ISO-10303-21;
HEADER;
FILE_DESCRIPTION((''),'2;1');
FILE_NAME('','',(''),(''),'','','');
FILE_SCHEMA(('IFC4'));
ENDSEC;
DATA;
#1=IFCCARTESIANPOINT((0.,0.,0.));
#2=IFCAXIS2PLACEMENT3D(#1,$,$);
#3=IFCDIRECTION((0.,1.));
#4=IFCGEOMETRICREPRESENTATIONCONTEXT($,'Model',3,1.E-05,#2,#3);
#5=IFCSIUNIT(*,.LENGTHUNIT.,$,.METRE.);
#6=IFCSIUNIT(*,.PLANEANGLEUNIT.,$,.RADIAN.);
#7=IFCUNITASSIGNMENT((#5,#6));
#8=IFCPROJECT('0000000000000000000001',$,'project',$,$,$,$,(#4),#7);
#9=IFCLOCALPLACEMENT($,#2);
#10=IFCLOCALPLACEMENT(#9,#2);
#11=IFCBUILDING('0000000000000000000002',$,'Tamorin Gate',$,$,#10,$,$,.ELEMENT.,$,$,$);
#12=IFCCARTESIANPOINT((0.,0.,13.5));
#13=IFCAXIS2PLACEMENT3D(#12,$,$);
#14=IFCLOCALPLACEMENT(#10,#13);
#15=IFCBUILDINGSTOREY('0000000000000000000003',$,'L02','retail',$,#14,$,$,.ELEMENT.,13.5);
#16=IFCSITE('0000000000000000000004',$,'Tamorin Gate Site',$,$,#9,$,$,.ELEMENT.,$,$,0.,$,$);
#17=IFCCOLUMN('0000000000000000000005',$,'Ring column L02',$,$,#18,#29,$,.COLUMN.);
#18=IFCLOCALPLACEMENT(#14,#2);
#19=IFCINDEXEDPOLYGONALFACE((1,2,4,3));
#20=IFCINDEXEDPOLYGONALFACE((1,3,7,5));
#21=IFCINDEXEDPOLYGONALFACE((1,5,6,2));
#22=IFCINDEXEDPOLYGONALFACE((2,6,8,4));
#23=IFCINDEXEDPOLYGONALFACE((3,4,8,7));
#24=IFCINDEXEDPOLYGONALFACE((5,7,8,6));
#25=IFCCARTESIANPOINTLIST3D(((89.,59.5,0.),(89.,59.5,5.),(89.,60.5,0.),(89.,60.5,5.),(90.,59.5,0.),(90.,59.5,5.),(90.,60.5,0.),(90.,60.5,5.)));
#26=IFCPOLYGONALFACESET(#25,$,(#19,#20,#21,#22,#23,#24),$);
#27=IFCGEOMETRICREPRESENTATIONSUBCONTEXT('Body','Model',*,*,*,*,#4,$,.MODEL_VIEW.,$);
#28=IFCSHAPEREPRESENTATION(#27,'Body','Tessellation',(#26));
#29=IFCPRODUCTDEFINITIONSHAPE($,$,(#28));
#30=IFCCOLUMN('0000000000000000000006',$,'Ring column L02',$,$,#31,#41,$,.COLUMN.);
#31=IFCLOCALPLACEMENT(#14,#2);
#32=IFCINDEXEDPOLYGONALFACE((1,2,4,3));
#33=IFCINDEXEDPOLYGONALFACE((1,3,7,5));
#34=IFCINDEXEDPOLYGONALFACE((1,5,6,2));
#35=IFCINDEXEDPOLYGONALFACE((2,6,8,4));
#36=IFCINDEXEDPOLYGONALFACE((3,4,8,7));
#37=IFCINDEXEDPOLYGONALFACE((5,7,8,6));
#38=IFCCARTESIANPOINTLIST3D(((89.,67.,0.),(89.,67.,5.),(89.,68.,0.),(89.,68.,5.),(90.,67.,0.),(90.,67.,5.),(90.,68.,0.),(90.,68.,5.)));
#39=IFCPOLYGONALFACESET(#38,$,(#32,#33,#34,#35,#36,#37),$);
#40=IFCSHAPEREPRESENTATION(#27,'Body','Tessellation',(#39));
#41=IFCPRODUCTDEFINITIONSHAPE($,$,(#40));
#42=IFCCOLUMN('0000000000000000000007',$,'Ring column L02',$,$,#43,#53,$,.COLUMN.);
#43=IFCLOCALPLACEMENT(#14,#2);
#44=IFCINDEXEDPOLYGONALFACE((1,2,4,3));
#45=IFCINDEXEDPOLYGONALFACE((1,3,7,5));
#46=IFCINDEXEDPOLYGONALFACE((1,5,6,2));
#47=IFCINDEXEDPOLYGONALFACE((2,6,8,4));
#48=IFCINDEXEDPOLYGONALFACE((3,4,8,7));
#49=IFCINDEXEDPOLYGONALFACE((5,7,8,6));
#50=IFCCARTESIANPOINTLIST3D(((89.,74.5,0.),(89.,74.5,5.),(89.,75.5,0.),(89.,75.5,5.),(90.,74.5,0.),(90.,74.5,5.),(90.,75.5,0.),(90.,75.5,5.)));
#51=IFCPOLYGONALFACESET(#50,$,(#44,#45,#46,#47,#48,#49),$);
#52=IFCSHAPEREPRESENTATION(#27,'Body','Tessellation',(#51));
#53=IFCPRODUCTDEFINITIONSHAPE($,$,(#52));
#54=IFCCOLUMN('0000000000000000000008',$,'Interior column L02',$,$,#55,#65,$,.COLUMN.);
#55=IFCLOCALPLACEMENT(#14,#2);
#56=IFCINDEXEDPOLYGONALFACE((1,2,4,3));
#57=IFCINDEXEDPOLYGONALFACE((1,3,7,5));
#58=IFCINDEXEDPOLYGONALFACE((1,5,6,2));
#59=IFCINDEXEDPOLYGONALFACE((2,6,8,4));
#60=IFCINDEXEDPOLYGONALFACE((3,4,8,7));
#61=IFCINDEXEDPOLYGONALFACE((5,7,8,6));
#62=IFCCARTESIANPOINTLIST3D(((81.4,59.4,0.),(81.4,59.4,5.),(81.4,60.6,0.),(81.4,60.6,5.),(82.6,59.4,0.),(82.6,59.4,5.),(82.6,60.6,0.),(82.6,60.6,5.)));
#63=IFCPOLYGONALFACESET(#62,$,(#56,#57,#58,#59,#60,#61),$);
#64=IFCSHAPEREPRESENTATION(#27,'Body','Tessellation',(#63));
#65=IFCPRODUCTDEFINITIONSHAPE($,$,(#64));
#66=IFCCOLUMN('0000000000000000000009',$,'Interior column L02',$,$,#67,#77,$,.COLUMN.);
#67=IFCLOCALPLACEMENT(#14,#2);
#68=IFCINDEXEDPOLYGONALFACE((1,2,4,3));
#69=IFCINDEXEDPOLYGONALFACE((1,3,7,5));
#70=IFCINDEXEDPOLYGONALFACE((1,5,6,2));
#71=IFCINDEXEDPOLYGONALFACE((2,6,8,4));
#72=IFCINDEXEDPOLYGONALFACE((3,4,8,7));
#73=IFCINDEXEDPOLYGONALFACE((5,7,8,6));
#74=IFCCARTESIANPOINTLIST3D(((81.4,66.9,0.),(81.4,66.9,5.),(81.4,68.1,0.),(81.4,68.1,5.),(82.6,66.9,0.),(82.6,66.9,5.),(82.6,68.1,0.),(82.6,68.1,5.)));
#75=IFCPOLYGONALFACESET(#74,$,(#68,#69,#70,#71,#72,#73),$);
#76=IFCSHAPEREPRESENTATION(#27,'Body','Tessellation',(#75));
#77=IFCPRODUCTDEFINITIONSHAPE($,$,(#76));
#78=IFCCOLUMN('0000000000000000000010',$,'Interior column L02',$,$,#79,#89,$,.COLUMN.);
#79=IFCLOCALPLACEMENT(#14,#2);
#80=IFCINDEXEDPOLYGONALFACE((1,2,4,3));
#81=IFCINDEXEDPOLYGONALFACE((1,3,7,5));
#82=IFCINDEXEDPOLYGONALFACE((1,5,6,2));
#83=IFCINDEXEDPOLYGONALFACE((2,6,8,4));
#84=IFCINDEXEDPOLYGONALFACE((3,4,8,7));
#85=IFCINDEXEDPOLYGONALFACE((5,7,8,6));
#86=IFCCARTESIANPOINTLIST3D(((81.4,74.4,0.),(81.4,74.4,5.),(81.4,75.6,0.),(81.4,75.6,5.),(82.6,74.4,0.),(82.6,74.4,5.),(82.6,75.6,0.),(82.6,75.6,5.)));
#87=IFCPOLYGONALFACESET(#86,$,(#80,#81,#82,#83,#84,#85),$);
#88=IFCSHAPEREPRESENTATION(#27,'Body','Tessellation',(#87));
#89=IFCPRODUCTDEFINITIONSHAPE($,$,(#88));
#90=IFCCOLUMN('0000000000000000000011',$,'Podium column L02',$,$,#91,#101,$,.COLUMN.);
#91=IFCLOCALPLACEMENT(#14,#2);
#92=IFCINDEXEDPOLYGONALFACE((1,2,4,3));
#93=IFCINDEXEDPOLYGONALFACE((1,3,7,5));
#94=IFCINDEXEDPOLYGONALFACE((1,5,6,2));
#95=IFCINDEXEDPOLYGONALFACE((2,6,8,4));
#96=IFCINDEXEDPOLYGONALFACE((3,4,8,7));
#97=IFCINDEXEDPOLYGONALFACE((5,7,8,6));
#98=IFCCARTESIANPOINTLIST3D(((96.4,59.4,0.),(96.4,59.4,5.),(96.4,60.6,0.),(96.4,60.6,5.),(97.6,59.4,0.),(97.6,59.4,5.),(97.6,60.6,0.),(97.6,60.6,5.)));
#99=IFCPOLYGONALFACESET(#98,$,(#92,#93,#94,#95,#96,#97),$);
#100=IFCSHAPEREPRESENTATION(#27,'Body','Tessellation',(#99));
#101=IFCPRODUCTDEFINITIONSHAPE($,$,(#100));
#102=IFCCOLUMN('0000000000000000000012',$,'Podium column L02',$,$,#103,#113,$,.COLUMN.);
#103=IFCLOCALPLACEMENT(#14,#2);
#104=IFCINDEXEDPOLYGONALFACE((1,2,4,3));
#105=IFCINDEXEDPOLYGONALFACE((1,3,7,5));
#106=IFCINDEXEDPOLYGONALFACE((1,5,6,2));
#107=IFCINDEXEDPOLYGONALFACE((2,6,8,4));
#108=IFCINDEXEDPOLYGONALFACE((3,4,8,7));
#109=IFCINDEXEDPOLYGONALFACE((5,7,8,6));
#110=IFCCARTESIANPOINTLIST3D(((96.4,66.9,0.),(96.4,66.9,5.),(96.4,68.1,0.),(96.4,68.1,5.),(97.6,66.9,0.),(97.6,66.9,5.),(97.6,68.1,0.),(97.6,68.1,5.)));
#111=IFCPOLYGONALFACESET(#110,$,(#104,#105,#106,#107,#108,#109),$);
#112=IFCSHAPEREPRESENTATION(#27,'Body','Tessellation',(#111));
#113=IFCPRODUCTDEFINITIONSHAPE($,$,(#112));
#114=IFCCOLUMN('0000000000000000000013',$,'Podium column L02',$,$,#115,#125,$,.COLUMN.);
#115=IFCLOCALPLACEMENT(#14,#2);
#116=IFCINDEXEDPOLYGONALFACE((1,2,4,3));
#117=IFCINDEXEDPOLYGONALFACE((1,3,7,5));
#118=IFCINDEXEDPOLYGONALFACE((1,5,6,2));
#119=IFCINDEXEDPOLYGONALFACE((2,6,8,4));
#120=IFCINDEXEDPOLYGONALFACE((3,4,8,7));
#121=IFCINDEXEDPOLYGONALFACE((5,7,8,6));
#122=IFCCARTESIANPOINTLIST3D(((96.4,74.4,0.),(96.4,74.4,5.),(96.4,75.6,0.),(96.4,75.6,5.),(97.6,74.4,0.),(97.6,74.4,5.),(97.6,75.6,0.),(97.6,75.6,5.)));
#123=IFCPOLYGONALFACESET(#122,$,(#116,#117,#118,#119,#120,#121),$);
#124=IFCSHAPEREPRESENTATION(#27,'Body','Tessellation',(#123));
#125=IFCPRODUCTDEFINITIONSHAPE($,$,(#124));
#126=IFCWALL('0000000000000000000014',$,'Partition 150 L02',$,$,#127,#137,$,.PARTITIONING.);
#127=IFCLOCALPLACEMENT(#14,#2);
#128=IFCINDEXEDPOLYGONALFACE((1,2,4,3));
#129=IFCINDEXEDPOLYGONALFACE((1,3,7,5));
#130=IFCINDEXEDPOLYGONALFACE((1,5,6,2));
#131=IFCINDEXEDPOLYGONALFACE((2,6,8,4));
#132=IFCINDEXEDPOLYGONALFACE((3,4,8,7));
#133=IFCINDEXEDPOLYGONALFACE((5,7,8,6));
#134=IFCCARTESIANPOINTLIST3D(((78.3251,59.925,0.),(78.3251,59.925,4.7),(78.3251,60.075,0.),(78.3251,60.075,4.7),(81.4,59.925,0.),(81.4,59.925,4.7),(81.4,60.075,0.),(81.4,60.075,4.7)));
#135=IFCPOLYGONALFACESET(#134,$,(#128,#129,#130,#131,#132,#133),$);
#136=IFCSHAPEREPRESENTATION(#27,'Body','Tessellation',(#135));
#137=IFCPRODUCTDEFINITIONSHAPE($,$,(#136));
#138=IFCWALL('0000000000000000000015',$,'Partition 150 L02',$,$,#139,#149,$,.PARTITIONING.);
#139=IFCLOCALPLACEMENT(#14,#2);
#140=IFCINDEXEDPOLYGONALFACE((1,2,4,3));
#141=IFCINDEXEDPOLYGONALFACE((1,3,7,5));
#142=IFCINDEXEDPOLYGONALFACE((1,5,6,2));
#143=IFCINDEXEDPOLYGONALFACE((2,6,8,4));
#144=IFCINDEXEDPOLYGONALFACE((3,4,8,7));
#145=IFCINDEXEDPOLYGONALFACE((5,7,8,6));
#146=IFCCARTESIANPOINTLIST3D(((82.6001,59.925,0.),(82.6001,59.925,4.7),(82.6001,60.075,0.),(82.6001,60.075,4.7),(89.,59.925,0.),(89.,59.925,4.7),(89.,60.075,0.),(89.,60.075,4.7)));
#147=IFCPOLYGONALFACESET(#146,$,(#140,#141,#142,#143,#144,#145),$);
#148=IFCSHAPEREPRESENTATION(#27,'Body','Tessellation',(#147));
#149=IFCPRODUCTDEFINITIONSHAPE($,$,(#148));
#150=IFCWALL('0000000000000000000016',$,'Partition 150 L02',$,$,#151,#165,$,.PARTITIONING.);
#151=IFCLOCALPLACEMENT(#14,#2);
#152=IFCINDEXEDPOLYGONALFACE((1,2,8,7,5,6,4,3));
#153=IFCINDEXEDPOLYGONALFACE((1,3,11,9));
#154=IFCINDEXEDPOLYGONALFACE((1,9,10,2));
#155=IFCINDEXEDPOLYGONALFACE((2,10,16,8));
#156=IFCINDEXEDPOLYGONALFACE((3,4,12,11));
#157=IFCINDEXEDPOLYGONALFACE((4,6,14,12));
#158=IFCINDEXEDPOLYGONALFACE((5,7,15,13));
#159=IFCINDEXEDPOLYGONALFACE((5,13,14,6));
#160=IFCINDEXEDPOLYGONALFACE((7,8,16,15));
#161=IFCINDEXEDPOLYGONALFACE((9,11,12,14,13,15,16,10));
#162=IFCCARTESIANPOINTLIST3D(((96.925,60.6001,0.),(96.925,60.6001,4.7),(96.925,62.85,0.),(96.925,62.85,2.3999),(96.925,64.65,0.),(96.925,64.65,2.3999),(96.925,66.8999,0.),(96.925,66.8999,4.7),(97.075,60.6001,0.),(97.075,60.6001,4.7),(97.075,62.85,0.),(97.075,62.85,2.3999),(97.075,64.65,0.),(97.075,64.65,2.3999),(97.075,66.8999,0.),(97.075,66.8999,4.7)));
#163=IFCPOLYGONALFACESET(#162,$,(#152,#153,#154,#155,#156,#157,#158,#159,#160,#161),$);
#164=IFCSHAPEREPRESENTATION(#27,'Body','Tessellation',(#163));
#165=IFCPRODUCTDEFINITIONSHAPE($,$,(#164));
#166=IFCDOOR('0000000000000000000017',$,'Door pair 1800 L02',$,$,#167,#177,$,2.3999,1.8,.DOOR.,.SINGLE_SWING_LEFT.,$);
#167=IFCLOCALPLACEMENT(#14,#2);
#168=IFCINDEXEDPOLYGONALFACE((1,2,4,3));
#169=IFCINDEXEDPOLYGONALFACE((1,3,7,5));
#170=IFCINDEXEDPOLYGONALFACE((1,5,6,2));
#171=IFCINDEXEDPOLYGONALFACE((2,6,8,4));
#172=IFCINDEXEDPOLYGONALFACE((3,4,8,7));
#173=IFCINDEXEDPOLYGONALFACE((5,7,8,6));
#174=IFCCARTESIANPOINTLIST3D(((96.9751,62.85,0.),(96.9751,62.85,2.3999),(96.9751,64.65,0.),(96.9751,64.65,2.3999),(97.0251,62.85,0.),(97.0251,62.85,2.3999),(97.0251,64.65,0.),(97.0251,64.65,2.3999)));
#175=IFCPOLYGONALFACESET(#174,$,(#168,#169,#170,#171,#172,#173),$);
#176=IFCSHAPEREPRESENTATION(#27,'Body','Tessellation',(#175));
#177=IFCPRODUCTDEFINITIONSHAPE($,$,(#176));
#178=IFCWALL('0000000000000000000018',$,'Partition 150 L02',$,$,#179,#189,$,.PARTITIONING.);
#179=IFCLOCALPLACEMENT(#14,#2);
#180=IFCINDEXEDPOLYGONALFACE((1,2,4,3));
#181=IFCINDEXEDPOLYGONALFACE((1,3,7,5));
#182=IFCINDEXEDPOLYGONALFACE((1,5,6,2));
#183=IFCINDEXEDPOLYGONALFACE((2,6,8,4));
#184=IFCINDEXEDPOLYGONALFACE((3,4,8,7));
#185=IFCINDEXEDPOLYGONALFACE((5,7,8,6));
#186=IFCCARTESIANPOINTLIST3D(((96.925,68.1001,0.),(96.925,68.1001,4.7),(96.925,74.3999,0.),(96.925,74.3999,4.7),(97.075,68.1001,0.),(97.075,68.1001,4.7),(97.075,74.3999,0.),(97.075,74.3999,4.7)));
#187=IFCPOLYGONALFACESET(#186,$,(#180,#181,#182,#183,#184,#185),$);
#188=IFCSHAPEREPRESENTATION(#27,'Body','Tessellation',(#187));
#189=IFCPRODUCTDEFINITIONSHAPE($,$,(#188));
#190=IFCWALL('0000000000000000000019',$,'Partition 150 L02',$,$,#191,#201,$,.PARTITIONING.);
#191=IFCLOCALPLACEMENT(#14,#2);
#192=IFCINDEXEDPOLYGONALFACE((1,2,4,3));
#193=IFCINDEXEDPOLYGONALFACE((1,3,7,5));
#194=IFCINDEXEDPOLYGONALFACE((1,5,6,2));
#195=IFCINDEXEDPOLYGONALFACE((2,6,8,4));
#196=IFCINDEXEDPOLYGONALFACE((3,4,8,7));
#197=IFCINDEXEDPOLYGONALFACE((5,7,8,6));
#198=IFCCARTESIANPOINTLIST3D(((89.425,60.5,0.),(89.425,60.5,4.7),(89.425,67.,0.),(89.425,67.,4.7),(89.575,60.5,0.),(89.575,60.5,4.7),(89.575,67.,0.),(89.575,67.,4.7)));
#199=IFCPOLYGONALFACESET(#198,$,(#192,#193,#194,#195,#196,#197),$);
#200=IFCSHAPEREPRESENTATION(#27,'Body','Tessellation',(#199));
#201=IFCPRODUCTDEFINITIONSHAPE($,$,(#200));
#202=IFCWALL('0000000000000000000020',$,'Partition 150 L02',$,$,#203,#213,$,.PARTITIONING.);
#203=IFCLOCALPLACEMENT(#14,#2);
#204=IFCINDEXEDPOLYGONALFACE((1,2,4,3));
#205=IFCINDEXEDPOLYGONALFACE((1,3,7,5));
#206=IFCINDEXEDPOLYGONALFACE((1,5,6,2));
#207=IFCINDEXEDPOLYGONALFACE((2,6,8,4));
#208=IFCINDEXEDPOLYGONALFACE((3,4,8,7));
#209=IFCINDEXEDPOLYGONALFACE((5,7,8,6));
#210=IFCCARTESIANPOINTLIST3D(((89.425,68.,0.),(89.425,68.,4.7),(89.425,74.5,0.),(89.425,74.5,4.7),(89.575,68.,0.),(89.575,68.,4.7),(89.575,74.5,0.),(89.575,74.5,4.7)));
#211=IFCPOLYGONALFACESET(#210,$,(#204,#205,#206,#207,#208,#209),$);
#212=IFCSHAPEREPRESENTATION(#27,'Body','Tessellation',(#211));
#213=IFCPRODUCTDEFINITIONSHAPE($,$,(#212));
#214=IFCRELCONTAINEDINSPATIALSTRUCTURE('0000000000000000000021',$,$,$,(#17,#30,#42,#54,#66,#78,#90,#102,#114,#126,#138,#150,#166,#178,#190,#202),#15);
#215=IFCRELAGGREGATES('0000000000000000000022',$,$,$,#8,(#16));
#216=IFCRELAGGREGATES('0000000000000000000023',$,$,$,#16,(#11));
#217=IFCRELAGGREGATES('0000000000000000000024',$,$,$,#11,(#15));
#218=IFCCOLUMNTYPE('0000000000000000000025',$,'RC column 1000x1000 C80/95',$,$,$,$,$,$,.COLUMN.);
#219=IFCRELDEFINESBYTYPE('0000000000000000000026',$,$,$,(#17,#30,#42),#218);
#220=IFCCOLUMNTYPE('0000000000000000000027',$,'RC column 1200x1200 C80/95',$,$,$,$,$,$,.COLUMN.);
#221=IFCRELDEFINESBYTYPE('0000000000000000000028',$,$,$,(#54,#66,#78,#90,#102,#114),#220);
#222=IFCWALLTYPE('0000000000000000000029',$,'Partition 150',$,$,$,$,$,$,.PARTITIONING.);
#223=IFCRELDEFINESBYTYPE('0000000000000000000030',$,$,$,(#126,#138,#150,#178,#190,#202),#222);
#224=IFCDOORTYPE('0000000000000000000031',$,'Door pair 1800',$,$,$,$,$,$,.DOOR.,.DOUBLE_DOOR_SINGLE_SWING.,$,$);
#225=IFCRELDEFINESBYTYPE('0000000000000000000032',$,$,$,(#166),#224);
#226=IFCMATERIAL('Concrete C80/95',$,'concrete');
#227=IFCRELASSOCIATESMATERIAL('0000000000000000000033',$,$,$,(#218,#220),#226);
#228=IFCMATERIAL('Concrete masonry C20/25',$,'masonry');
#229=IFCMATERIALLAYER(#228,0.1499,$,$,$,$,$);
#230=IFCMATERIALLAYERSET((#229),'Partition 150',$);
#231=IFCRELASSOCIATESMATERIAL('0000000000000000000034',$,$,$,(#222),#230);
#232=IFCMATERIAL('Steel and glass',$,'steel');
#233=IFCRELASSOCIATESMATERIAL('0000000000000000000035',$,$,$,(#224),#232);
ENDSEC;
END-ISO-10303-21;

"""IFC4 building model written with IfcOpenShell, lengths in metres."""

from ifc_helpers import new_model, si_unit, direction, frame, frame_2d, origin, origin_2d, place, context, subcontext, project, spatial, rectangle, extrude, material, layer, layer_set, material_profile, profile_set, type_object, element, fill, save


model = new_model("IFC4")

# Units and contexts
model_context = context("Model", 3, precision=1e-05, world=origin(), true_north=direction((0.0, 1.0)))
body_context = subcontext(model_context, "Body", "Model", "MODEL_VIEW")
ifc_project = project(units=[si_unit("LENGTHUNIT", "METRE"), si_unit("PLANEANGLEUNIT", "RADIAN")], contexts=[model_context])

# Site, building, storey
site_placement = place(None, origin())
site = spatial("IfcSite", under=ifc_project, at=site_placement, Name="Tamorin Gate Site", CompositionType="ELEMENT", RefElevation=0.0)
building_placement = place(site_placement, origin())
building = spatial("IfcBuilding", under=site, at=building_placement, Name="Tamorin Gate", CompositionType="ELEMENT")
storey_placement = place(building_placement, frame((0.0, 0.0, 13.5)))
storey = spatial("IfcBuildingStorey", under=building, at=storey_placement, Name="L02", Description="retail", CompositionType="ELEMENT", Elevation=13.5)

# Columns
ifc_material_1 = material(Name="Concrete C80/95", Category="concrete")
ifc_material_profile_1 = material_profile(ifc_material_1, rectangle(XDim=1.0, YDim=1.0, at=origin_2d()), Name="RC 1000x1000")
ifc_profile_set_1 = profile_set([ifc_material_profile_1], Name="Concrete C80/95")
column_type_1 = type_object("IfcColumnType", Name="RC column 1000x1000 C80/95", PredefinedType="COLUMN", material=ifc_profile_set_1)
for number, where, z_axis, x_axis, name in (
    (1, (89.5, 60.0, 0.0), (0.0, 0.0, 1.0), (1.0, 0.0, 0.0), "Ring column L02"),
    (2, (89.5, 67.5, 0.0), (0.0, 0.0, 1.0), (1.0, 0.0, 0.0), "Ring column L02"),
    (3, (89.5, 75.0, 0.0), (0.0, 0.0, 1.0), (1.0, 0.0, 0.0), "Ring column L02"),
):
    element("IfcColumn", number, at=place(storey_placement, frame(where, z_axis=z_axis, x_axis=x_axis)), inside=storey, type_object=column_type_1, Name=name, PredefinedType="COLUMN", context=body_context, shape_type="SweptSolid", body=[
        extrude(rectangle(XDim=1.0, YDim=1.0, at=origin_2d()), origin(), (0.0, 0.0, 1.0), 5.0),
    ])
ifc_material_profile_2 = material_profile(ifc_material_1, rectangle(XDim=1.2, YDim=1.2, at=origin_2d()), Name="RC 1200x1200")
ifc_profile_set_2 = profile_set([ifc_material_profile_2], Name="Concrete C80/95")
column_type_2 = type_object("IfcColumnType", Name="RC column 1200x1200 C80/95", PredefinedType="COLUMN", material=ifc_profile_set_2)
for number, where, z_axis, x_axis, name in (
    (4, (82.0, 60.0, 0.0), (0.0, 0.0, 1.0), (1.0, 0.0, 0.0), "Interior column L02"),
    (5, (82.0, 67.5, 0.0), (0.0, 0.0, 1.0), (1.0, 0.0, 0.0), "Interior column L02"),
    (6, (82.0, 75.0, 0.0), (0.0, 0.0, 1.0), (1.0, 0.0, 0.0), "Interior column L02"),
    (7, (97.0, 60.0, 0.0), (0.0, 0.0, 1.0), (1.0, 0.0, 0.0), "Podium column L02"),
    (8, (97.0, 67.5, 0.0), (0.0, 0.0, 1.0), (1.0, 0.0, 0.0), "Podium column L02"),
    (9, (97.0, 75.0, 0.0), (0.0, 0.0, 1.0), (1.0, 0.0, 0.0), "Podium column L02"),
):
    element("IfcColumn", number, at=place(storey_placement, frame(where, z_axis=z_axis, x_axis=x_axis)), inside=storey, type_object=column_type_2, Name=name, PredefinedType="COLUMN", context=body_context, shape_type="SweptSolid", body=[
        extrude(rectangle(XDim=1.2, YDim=1.2, at=origin_2d()), origin(), (0.0, 0.0, 1.0), 5.0),
    ])

# Walls
ifc_material_2 = material(Name="Concrete masonry C20/25", Category="masonry")
ifc_layer_1 = layer(ifc_material_2, 0.1499)
ifc_layer_set_1 = layer_set([ifc_layer_1], Name="Partition 150")
wall_type_1 = type_object("IfcWallType", Name="Partition 150", PredefinedType="PARTITIONING", material=ifc_layer_set_1)
wall_1_placement = place(storey_placement, frame((78.325, 60.0, 0.0), z_axis=(0.0, 0.0, 1.0), x_axis=(1.0, 0.0, 0.0)))
element("IfcWall", 10, at=wall_1_placement, inside=storey, type_object=wall_type_1, Name="Partition 150 L02", PredefinedType="PARTITIONING", context=body_context, shape_type="SweptSolid", body=[
    extrude(rectangle(XDim=3.075, YDim=0.1499, at=frame_2d((1.5376, 0.0))), origin(), (0.0, 0.0, 1.0), 4.7),
])
wall_2_placement = place(storey_placement, frame((82.6001, 60.0, 0.0), z_axis=(0.0, 0.0, 1.0), x_axis=(1.0, 0.0, 0.0)))
element("IfcWall", 11, at=wall_2_placement, inside=storey, type_object=wall_type_1, Name="Partition 150 L02", PredefinedType="PARTITIONING", context=body_context, shape_type="SweptSolid", body=[
    extrude(rectangle(XDim=6.3999, YDim=0.1499, at=frame_2d((3.2, 0.0))), origin(), (0.0, 0.0, 1.0), 4.7),
])

# Wall, opening, door
wall_3_placement = place(storey_placement, frame((97.0, 60.6001, 0.0), z_axis=(0.0, 0.0, 1.0), x_axis=(0.0, 1.0, 0.0)))
wall_3 = element("IfcWall", 12, at=wall_3_placement, inside=storey, type_object=wall_type_1, Name="Partition 150 L02", PredefinedType="PARTITIONING", context=body_context, shape_type="SweptSolid", body=[
    extrude(rectangle(XDim=6.2998, YDim=0.1499, at=frame_2d((3.1499, 0.0))), origin(), (0.0, 0.0, 1.0), 4.7),
])
opening_1_placement = place(wall_3_placement, frame((2.25, 0.0, 0.0)))
opening_1 = element("IfcOpeningElement", 13, at=opening_1_placement, cuts=wall_3, PredefinedType="OPENING", context=body_context, shape_type="SweptSolid", body=[
    extrude(rectangle(XDim=1.8, YDim=2.3999, at=frame_2d((0.8999, 1.2))), frame((0.0, 0.085, 0.0), z_axis=(0.0, -1.0, 0.0), x_axis=(1.0, 0.0, 0.0)), (0.0, 0.0, 1.0), 0.1699),
])
ifc_material_3 = material(Name="Steel and glass", Category="steel")
door_type_1 = type_object("IfcDoorType", Name="Door pair 1800", OperationType="DOUBLE_DOOR_SINGLE_SWING", PredefinedType="DOOR", material=ifc_material_3)
door_1_placement = place(opening_1_placement, origin())
door_1 = element("IfcDoor", 14, at=door_1_placement, inside=storey, type_object=door_type_1, Name="Door pair 1800 L02", OperationType="SINGLE_SWING_LEFT", OverallHeight=2.3999, OverallWidth=1.8, PredefinedType="DOOR", context=body_context, shape_type="SweptSolid", body=[
    extrude(rectangle(XDim=1.8, YDim=2.3999, at=frame_2d((0.8999, 1.2))), frame((0.0, 0.0249, 0.0), z_axis=(0.0, -1.0, 0.0), x_axis=(1.0, 0.0, 0.0)), (0.0, 0.0, 1.0), 0.05),
])
fill(opening_1, door_1)

# Walls
wall_4_placement = place(storey_placement, frame((97.0, 68.1001, 0.0), z_axis=(0.0, 0.0, 1.0), x_axis=(0.0, 1.0, 0.0)))
element("IfcWall", 15, at=wall_4_placement, inside=storey, type_object=wall_type_1, Name="Partition 150 L02", PredefinedType="PARTITIONING", context=body_context, shape_type="SweptSolid", body=[
    extrude(rectangle(XDim=6.2998, YDim=0.1499, at=frame_2d((3.1499, 0.0))), origin(), (0.0, 0.0, 1.0), 4.7),
])
for number, where, z_axis, x_axis, name in (
    (16, (89.5, 60.5, 0.0), (0.0, 0.0, 1.0), (0.0, 1.0, 0.0), "Partition 150 L02"),
    (17, (89.5, 68.0, 0.0), (0.0, 0.0, 1.0), (0.0, 1.0, 0.0), "Partition 150 L02"),
):
    element("IfcWall", number, at=place(storey_placement, frame(where, z_axis=z_axis, x_axis=x_axis)), inside=storey, type_object=wall_type_1, Name=name, PredefinedType="PARTITIONING", context=body_context, shape_type="SweptSolid", body=[
        extrude(rectangle(XDim=6.5, YDim=0.1499, at=frame_2d((3.25, 0.0))), origin(), (0.0, 0.0, 1.0), 4.7),
    ])

save(model, "model.ifc")
